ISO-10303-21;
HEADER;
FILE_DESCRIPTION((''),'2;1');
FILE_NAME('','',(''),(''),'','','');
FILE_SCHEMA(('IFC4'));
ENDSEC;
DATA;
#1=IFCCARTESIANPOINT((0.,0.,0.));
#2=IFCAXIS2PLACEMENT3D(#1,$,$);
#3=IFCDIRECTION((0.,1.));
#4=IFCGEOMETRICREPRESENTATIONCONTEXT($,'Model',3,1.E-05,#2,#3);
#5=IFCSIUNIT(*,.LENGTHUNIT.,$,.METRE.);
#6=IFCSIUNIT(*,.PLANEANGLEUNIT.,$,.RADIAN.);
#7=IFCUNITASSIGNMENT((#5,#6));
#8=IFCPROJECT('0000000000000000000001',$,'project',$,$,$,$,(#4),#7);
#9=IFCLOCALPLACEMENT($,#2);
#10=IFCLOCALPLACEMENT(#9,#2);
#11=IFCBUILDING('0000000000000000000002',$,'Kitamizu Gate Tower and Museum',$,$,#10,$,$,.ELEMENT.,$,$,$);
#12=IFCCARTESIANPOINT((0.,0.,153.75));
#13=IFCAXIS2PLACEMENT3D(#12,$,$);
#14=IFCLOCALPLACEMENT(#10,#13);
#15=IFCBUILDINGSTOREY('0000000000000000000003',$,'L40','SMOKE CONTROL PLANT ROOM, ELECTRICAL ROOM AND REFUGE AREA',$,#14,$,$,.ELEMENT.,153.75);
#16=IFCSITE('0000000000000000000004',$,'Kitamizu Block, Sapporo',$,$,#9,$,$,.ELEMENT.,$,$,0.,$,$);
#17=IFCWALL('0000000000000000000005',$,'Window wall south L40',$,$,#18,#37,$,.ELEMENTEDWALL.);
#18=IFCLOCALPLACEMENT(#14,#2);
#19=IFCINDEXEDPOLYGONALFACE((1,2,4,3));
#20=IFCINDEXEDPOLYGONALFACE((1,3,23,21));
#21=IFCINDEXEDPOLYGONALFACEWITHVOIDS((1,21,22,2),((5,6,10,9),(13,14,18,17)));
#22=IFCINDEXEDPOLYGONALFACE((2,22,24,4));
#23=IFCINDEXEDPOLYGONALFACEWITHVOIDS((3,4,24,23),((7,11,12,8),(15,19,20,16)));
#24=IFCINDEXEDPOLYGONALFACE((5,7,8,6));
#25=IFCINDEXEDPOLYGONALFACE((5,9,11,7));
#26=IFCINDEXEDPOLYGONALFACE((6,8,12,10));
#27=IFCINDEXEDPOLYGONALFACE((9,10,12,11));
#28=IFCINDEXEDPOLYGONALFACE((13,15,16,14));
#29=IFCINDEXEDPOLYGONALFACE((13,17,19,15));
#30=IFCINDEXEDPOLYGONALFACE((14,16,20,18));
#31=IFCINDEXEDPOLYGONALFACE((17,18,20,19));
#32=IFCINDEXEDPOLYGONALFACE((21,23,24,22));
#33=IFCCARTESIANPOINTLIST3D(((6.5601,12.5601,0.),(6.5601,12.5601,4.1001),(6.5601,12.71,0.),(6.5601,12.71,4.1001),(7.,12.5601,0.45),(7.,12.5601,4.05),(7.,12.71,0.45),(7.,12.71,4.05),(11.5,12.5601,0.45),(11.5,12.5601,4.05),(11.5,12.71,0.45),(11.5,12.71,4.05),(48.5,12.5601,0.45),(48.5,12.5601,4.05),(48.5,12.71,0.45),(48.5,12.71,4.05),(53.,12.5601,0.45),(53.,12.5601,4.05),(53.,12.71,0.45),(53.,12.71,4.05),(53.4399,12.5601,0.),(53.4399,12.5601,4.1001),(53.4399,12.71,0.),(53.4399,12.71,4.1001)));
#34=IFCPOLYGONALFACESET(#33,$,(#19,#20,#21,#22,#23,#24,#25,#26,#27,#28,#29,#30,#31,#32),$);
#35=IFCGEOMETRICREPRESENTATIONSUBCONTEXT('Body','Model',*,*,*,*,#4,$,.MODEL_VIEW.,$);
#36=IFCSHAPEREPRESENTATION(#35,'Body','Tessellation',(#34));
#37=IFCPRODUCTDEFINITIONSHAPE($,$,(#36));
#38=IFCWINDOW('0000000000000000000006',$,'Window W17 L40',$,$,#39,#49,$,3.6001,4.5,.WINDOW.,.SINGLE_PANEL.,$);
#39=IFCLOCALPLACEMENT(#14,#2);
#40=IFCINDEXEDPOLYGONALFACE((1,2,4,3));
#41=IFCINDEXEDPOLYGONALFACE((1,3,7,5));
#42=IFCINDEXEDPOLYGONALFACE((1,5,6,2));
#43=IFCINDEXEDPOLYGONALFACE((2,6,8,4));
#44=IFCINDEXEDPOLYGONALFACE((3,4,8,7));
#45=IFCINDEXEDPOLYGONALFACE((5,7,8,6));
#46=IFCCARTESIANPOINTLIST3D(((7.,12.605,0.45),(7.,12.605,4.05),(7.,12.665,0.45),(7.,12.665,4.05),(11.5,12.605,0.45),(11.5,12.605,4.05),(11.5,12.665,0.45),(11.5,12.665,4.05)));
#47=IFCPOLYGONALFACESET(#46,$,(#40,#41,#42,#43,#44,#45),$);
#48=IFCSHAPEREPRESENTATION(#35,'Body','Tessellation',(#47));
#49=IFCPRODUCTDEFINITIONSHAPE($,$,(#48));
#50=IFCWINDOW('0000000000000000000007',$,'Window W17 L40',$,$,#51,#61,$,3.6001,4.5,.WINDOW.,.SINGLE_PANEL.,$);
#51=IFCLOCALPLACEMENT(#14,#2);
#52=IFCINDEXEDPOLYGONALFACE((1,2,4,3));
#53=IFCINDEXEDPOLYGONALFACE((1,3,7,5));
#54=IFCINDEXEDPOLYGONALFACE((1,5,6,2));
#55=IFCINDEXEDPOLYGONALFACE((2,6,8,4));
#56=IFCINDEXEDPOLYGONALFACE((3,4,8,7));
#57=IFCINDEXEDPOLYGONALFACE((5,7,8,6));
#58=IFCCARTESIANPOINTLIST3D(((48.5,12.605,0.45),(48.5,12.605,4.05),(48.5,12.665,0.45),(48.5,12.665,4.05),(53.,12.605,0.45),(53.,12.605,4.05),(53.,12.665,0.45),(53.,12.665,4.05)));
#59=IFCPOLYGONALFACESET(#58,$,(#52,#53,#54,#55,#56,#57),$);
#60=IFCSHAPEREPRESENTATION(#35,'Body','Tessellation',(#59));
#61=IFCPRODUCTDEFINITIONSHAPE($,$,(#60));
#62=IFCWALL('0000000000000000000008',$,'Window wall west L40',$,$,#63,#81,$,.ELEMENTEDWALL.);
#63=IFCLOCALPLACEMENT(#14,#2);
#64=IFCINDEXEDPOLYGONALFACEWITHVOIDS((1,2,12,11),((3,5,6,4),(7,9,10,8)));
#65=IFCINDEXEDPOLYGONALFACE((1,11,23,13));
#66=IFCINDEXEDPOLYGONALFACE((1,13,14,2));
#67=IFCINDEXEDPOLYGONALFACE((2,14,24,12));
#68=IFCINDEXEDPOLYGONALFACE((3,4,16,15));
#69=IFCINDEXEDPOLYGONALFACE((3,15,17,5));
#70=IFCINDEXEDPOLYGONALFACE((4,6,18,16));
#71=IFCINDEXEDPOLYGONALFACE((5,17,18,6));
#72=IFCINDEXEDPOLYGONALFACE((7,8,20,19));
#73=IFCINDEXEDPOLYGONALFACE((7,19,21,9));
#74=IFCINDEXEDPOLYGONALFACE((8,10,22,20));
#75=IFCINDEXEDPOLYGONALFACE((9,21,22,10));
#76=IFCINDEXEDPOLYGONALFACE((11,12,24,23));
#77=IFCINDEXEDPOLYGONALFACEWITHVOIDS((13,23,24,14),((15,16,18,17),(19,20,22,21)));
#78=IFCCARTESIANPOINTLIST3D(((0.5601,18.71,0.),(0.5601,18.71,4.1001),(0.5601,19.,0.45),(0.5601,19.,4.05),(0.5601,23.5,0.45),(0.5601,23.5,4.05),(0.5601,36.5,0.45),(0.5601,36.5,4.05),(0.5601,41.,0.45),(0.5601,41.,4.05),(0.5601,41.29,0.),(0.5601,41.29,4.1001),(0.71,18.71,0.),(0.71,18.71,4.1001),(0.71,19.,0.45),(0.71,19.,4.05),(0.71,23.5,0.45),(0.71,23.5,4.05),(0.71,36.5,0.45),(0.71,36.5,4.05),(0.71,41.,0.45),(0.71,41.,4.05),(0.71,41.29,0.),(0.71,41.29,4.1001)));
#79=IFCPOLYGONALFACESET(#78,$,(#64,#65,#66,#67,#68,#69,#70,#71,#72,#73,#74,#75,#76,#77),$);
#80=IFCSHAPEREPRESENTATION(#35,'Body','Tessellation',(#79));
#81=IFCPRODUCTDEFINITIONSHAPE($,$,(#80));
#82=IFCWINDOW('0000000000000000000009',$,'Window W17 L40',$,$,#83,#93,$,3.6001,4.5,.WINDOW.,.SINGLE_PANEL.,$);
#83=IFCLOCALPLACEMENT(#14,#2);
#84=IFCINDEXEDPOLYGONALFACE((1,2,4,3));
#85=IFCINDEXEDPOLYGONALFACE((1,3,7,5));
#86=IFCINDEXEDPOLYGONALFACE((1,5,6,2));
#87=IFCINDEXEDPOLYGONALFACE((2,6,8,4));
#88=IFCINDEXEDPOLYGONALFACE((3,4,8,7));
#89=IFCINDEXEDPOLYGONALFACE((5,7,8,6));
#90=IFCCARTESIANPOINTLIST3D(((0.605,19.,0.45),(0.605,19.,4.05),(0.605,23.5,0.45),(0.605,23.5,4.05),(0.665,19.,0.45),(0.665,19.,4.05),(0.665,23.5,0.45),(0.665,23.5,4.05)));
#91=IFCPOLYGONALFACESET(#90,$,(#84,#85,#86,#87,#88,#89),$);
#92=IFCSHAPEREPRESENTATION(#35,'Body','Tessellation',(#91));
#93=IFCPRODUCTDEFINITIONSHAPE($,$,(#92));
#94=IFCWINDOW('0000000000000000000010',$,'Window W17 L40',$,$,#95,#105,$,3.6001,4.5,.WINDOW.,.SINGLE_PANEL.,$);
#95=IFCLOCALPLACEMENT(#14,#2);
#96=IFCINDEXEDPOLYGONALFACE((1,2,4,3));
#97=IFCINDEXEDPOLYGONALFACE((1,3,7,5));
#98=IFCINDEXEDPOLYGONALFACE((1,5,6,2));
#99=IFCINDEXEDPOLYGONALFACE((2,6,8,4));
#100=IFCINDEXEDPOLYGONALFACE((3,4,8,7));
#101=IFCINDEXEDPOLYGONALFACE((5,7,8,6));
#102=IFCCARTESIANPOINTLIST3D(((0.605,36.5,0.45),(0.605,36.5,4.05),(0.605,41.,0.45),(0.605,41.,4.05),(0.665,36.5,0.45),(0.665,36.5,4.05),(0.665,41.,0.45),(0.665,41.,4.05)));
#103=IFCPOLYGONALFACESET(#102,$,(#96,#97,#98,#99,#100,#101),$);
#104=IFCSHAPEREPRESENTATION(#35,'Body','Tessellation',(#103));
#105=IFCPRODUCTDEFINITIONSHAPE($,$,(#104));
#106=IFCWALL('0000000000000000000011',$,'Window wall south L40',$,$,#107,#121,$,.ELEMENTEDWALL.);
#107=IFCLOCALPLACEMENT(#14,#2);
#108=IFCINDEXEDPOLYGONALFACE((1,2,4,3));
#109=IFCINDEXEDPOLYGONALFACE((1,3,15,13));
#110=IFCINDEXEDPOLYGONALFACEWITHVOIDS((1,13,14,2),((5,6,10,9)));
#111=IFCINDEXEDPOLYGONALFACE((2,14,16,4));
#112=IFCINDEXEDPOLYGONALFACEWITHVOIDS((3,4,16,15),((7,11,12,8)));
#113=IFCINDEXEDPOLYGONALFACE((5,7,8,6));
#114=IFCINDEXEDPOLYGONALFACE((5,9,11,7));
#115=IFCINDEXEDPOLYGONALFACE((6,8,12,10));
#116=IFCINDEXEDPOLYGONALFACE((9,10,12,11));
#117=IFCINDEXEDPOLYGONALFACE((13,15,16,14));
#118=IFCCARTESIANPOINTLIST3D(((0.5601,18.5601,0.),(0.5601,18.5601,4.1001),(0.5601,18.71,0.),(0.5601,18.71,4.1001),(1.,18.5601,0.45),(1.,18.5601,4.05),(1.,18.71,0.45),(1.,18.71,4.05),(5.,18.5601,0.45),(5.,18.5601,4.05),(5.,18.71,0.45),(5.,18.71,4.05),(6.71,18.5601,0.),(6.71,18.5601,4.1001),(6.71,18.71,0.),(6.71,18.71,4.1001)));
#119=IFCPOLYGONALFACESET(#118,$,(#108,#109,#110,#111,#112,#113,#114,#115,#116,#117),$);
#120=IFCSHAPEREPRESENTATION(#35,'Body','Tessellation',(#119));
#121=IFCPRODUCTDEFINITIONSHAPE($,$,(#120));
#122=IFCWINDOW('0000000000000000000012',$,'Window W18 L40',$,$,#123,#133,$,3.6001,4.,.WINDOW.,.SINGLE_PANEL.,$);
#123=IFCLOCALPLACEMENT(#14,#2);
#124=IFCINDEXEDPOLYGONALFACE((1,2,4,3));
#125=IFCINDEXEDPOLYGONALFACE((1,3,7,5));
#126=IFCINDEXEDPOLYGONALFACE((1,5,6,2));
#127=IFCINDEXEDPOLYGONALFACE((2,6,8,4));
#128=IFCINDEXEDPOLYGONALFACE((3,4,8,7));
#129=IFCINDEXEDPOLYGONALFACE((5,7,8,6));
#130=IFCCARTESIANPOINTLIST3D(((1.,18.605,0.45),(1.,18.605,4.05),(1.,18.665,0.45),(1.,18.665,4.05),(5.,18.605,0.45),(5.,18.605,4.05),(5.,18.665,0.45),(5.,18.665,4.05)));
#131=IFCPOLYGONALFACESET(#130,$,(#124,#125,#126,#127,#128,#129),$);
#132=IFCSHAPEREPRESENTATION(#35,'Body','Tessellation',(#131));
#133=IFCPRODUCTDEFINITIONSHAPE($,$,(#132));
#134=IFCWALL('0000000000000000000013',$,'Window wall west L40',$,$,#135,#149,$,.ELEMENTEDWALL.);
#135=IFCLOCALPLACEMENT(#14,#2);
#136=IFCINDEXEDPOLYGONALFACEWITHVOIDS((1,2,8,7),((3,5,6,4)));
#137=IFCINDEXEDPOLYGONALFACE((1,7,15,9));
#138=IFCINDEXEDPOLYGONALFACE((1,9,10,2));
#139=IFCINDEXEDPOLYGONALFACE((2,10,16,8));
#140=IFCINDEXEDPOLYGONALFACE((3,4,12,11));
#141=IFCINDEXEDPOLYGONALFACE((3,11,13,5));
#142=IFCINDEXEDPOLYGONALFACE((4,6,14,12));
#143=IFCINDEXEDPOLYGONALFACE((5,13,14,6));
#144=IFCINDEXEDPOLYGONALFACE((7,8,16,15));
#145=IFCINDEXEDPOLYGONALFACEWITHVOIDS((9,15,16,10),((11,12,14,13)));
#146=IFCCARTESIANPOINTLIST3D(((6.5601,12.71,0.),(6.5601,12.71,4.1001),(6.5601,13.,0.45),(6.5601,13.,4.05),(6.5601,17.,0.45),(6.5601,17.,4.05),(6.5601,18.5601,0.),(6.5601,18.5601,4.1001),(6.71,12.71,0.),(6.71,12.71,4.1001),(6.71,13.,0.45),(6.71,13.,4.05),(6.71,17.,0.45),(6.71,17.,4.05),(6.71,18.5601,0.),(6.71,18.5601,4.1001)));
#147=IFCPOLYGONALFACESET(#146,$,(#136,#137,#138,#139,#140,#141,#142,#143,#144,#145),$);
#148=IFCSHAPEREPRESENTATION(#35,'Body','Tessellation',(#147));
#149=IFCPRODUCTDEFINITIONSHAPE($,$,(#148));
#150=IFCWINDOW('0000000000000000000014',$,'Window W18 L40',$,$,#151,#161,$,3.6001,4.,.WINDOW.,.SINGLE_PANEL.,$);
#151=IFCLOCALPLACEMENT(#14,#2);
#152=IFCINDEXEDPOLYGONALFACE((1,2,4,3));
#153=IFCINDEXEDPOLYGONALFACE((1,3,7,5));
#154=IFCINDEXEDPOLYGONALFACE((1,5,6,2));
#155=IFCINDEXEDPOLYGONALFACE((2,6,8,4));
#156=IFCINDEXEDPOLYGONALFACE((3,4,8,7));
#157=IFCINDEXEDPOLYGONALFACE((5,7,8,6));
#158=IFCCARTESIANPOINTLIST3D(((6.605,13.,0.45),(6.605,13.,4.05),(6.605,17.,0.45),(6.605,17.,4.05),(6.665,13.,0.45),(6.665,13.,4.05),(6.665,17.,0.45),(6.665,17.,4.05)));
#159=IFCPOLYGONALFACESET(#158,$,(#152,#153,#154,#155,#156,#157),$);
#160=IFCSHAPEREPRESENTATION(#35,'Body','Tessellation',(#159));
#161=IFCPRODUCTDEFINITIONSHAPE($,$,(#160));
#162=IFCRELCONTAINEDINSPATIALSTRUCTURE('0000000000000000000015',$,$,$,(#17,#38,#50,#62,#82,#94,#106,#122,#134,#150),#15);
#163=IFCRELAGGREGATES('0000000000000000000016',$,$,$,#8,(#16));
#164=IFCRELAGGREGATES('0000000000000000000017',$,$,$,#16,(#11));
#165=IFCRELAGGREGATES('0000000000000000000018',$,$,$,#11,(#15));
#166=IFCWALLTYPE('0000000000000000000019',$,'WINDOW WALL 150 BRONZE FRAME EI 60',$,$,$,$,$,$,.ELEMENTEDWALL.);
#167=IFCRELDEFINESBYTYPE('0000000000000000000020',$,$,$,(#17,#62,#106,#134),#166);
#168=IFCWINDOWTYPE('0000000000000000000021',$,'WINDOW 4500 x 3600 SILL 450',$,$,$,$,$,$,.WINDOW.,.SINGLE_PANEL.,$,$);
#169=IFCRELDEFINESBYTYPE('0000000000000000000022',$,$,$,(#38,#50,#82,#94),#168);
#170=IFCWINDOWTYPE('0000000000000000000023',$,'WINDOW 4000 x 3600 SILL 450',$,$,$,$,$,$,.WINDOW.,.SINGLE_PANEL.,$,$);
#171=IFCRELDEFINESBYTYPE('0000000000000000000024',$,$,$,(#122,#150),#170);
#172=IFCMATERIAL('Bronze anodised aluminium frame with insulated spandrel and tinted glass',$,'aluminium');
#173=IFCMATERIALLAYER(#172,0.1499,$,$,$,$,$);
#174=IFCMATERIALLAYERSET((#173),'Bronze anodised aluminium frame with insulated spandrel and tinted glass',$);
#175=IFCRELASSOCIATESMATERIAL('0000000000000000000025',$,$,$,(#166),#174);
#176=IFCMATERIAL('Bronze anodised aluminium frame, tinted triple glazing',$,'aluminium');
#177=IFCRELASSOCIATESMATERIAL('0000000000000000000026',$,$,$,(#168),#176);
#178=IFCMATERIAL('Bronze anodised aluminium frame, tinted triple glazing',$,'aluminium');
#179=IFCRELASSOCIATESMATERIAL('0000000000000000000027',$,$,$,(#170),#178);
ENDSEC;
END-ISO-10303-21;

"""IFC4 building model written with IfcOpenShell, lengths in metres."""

from ifc_helpers import new_model, si_unit, direction, frame, frame_2d, origin, place, context, subcontext, project, spatial, rectangle, extrude, material, layer, layer_set, type_object, element, fill, save


model = new_model("IFC4")

# Units and contexts
model_context = context("Model", 3, precision=1e-05, world=origin(), true_north=direction((0.0, 1.0)))
body_context = subcontext(model_context, "Body", "Model", "MODEL_VIEW")
ifc_project = project(units=[si_unit("LENGTHUNIT", "METRE"), si_unit("PLANEANGLEUNIT", "RADIAN")], contexts=[model_context])

# Site, building, storey
site_placement = place(None, origin())
site = spatial("IfcSite", under=ifc_project, at=site_placement, Name="Kitamizu Block, Sapporo", CompositionType="ELEMENT", RefElevation=0.0)
building_placement = place(site_placement, origin())
building = spatial("IfcBuilding", under=site, at=building_placement, Name="Kitamizu Gate Tower and Museum", CompositionType="ELEMENT")
storey_placement = place(building_placement, frame((0.0, 0.0, 153.75)))
storey = spatial("IfcBuildingStorey", under=building, at=storey_placement, Name="L40", Description="SMOKE CONTROL PLANT ROOM, ELECTRICAL ROOM AND REFUGE AREA", CompositionType="ELEMENT", Elevation=153.75)

# Walls, openings, windows
ifc_material_1 = material(Name="Bronze anodised aluminium frame with insulated spandrel and tinted glass", Category="aluminium")
ifc_layer_1 = layer(ifc_material_1, 0.1499)
ifc_layer_set_1 = layer_set([ifc_layer_1], Name="Bronze anodised aluminium frame with insulated spandrel and tinted glass")
wall_type_1 = type_object("IfcWallType", Name="WINDOW WALL 150 BRONZE FRAME EI 60", PredefinedType="ELEMENTEDWALL", material=ifc_layer_set_1)
wall_1_placement = place(storey_placement, frame((6.5601, 12.635, 0.0), z_axis=(0.0, 0.0, 1.0), x_axis=(1.0, 0.0, 0.0)))
wall_1 = element("IfcWall", 1, at=wall_1_placement, inside=storey, type_object=wall_type_1, Name="Window wall south L40", PredefinedType="ELEMENTEDWALL", context=body_context, shape_type="SweptSolid", body=[
    extrude(rectangle(XDim=46.8799, YDim=0.1499, at=frame_2d((23.4399, 0.0))), origin(), (0.0, 0.0, 1.0), 4.1001),
])
opening_1_placement = place(wall_1_placement, frame((0.4399, 0.0, 0.45)))
opening_1 = element("IfcOpeningElement", 2, at=opening_1_placement, cuts=wall_1, PredefinedType="OPENING", context=body_context, shape_type="SweptSolid", body=[
    extrude(rectangle(XDim=4.5, YDim=3.6001, at=frame_2d((2.25, 1.8))), frame((0.0, 0.085, 0.0), z_axis=(0.0, -1.0, 0.0), x_axis=(1.0, 0.0, 0.0)), (0.0, 0.0, 1.0), 0.1699),
])
opening_2_placement = place(wall_1_placement, frame((41.9399, 0.0, 0.45)))
opening_2 = element("IfcOpeningElement", 3, at=opening_2_placement, cuts=wall_1, PredefinedType="OPENING", context=body_context, shape_type="SweptSolid", body=[
    extrude(rectangle(XDim=4.5, YDim=3.6001, at=frame_2d((2.25, 1.8))), frame((0.0, 0.085, 0.0), z_axis=(0.0, -1.0, 0.0), x_axis=(1.0, 0.0, 0.0)), (0.0, 0.0, 1.0), 0.1699),
])
ifc_material_2 = material(Name="Bronze anodised aluminium frame, tinted triple glazing", Category="aluminium")
window_type_1 = type_object("IfcWindowType", Name="WINDOW 4500 x 3600 SILL 450", PartitioningType="SINGLE_PANEL", PredefinedType="WINDOW", material=ifc_material_2)
window_1_placement = place(opening_1_placement, origin())
window_1 = element("IfcWindow", 4, at=window_1_placement, inside=storey, type_object=window_type_1, Name="Window W17 L40", OverallHeight=3.6001, OverallWidth=4.5, PartitioningType="SINGLE_PANEL", PredefinedType="WINDOW", context=body_context, shape_type="SweptSolid", body=[
    extrude(rectangle(XDim=4.5, YDim=3.6001, at=frame_2d((2.25, 1.8))), frame((0.0, 0.03, 0.0), z_axis=(0.0, -1.0, 0.0), x_axis=(1.0, 0.0, 0.0)), (0.0, 0.0, 1.0), 0.0601),
])
fill(opening_1, window_1)
window_2_placement = place(opening_2_placement, origin())
window_2 = element("IfcWindow", 5, at=window_2_placement, inside=storey, type_object=window_type_1, Name="Window W17 L40", OverallHeight=3.6001, OverallWidth=4.5, PartitioningType="SINGLE_PANEL", PredefinedType="WINDOW", context=body_context, shape_type="SweptSolid", body=[
    extrude(rectangle(XDim=4.5, YDim=3.6001, at=frame_2d((2.25, 1.8))), frame((0.0, 0.03, 0.0), z_axis=(0.0, -1.0, 0.0), x_axis=(1.0, 0.0, 0.0)), (0.0, 0.0, 1.0), 0.0601),
])
fill(opening_2, window_2)
wall_2_placement = place(storey_placement, frame((0.635, 18.71, 0.0), z_axis=(0.0, 0.0, 1.0), x_axis=(0.0, 1.0, 0.0)))
wall_2 = element("IfcWall", 6, at=wall_2_placement, inside=storey, type_object=wall_type_1, Name="Window wall west L40", PredefinedType="ELEMENTEDWALL", context=body_context, shape_type="SweptSolid", body=[
    extrude(rectangle(XDim=22.5801, YDim=0.1499, at=frame_2d((11.29, 0.0))), origin(), (0.0, 0.0, 1.0), 4.1001),
])
opening_3_placement = place(wall_2_placement, frame((0.29, 0.0, 0.45)))
opening_3 = element("IfcOpeningElement", 7, at=opening_3_placement, cuts=wall_2, PredefinedType="OPENING", context=body_context, shape_type="SweptSolid", body=[
    extrude(rectangle(XDim=4.5, YDim=3.6001, at=frame_2d((2.25, 1.8))), frame((0.0, 0.085, 0.0), z_axis=(0.0, -1.0, 0.0), x_axis=(1.0, 0.0, 0.0)), (0.0, 0.0, 1.0), 0.1699),
])
opening_4_placement = place(wall_2_placement, frame((17.79, 0.0, 0.45)))
opening_4 = element("IfcOpeningElement", 8, at=opening_4_placement, cuts=wall_2, PredefinedType="OPENING", context=body_context, shape_type="SweptSolid", body=[
    extrude(rectangle(XDim=4.5, YDim=3.6001, at=frame_2d((2.25, 1.8))), frame((0.0, 0.085, 0.0), z_axis=(0.0, -1.0, 0.0), x_axis=(1.0, 0.0, 0.0)), (0.0, 0.0, 1.0), 0.1699),
])
window_3_placement = place(opening_3_placement, origin())
window_3 = element("IfcWindow", 9, at=window_3_placement, inside=storey, type_object=window_type_1, Name="Window W17 L40", OverallHeight=3.6001, OverallWidth=4.5, PartitioningType="SINGLE_PANEL", PredefinedType="WINDOW", context=body_context, shape_type="SweptSolid", body=[
    extrude(rectangle(XDim=4.5, YDim=3.6001, at=frame_2d((2.25, 1.8))), frame((0.0, 0.03, 0.0), z_axis=(0.0, -1.0, 0.0), x_axis=(1.0, 0.0, 0.0)), (0.0, 0.0, 1.0), 0.0601),
])
fill(opening_3, window_3)
window_4_placement = place(opening_4_placement, origin())
window_4 = element("IfcWindow", 10, at=window_4_placement, inside=storey, type_object=window_type_1, Name="Window W17 L40", OverallHeight=3.6001, OverallWidth=4.5, PartitioningType="SINGLE_PANEL", PredefinedType="WINDOW", context=body_context, shape_type="SweptSolid", body=[
    extrude(rectangle(XDim=4.5, YDim=3.6001, at=frame_2d((2.25, 1.8))), frame((0.0, 0.03, 0.0), z_axis=(0.0, -1.0, 0.0), x_axis=(1.0, 0.0, 0.0)), (0.0, 0.0, 1.0), 0.0601),
])
fill(opening_4, window_4)

# Walls, openings, windows
wall_3_placement = place(storey_placement, frame((0.5601, 18.635, 0.0), z_axis=(0.0, 0.0, 1.0), x_axis=(1.0, 0.0, 0.0)))
wall_3 = element("IfcWall", 11, at=wall_3_placement, inside=storey, type_object=wall_type_1, Name="Window wall south L40", PredefinedType="ELEMENTEDWALL", context=body_context, shape_type="SweptSolid", body=[
    extrude(rectangle(XDim=6.1499, YDim=0.1499, at=frame_2d((3.075, 0.0))), origin(), (0.0, 0.0, 1.0), 4.1001),
])
opening_5_placement = place(wall_3_placement, frame((0.4399, 0.0, 0.45)))
opening_5 = element("IfcOpeningElement", 12, at=opening_5_placement, cuts=wall_3, PredefinedType="OPENING", context=body_context, shape_type="SweptSolid", body=[
    extrude(rectangle(XDim=4.0, YDim=3.6001, at=frame_2d((2.0, 1.8))), frame((0.0, 0.085, 0.0), z_axis=(0.0, -1.0, 0.0), x_axis=(1.0, 0.0, 0.0)), (0.0, 0.0, 1.0), 0.1699),
])
ifc_material_3 = material(Name="Bronze anodised aluminium frame, tinted triple glazing", Category="aluminium")
window_type_2 = type_object("IfcWindowType", Name="WINDOW 4000 x 3600 SILL 450", PartitioningType="SINGLE_PANEL", PredefinedType="WINDOW", material=ifc_material_3)
window_5_placement = place(opening_5_placement, origin())
window_5 = element("IfcWindow", 13, at=window_5_placement, inside=storey, type_object=window_type_2, Name="Window W18 L40", OverallHeight=3.6001, OverallWidth=4.0, PartitioningType="SINGLE_PANEL", PredefinedType="WINDOW", context=body_context, shape_type="SweptSolid", body=[
    extrude(rectangle(XDim=4.0, YDim=3.6001, at=frame_2d((2.0, 1.8))), frame((0.0, 0.03, 0.0), z_axis=(0.0, -1.0, 0.0), x_axis=(1.0, 0.0, 0.0)), (0.0, 0.0, 1.0), 0.0601),
])
fill(opening_5, window_5)
wall_4_placement = place(storey_placement, frame((6.635, 12.71, 0.0), z_axis=(0.0, 0.0, 1.0), x_axis=(0.0, 1.0, 0.0)))
wall_4 = element("IfcWall", 14, at=wall_4_placement, inside=storey, type_object=wall_type_1, Name="Window wall west L40", PredefinedType="ELEMENTEDWALL", context=body_context, shape_type="SweptSolid", body=[
    extrude(rectangle(XDim=5.8501, YDim=0.1499, at=frame_2d((2.925, 0.0))), origin(), (0.0, 0.0, 1.0), 4.1001),
])
opening_6_placement = place(wall_4_placement, frame((0.29, 0.0, 0.45)))
opening_6 = element("IfcOpeningElement", 15, at=opening_6_placement, cuts=wall_4, PredefinedType="OPENING", context=body_context, shape_type="SweptSolid", body=[
    extrude(rectangle(XDim=4.0, YDim=3.6001, at=frame_2d((2.0, 1.8))), frame((0.0, 0.085, 0.0), z_axis=(0.0, -1.0, 0.0), x_axis=(1.0, 0.0, 0.0)), (0.0, 0.0, 1.0), 0.1699),
])
window_6_placement = place(opening_6_placement, origin())
window_6 = element("IfcWindow", 16, at=window_6_placement, inside=storey, type_object=window_type_2, Name="Window W18 L40", OverallHeight=3.6001, OverallWidth=4.0, PartitioningType="SINGLE_PANEL", PredefinedType="WINDOW", context=body_context, shape_type="SweptSolid", body=[
    extrude(rectangle(XDim=4.0, YDim=3.6001, at=frame_2d((2.0, 1.8))), frame((0.0, 0.03, 0.0), z_axis=(0.0, -1.0, 0.0), x_axis=(1.0, 0.0, 0.0)), (0.0, 0.0, 1.0), 0.0601),
])
fill(opening_6, window_6)

save(model, "model.ifc")
